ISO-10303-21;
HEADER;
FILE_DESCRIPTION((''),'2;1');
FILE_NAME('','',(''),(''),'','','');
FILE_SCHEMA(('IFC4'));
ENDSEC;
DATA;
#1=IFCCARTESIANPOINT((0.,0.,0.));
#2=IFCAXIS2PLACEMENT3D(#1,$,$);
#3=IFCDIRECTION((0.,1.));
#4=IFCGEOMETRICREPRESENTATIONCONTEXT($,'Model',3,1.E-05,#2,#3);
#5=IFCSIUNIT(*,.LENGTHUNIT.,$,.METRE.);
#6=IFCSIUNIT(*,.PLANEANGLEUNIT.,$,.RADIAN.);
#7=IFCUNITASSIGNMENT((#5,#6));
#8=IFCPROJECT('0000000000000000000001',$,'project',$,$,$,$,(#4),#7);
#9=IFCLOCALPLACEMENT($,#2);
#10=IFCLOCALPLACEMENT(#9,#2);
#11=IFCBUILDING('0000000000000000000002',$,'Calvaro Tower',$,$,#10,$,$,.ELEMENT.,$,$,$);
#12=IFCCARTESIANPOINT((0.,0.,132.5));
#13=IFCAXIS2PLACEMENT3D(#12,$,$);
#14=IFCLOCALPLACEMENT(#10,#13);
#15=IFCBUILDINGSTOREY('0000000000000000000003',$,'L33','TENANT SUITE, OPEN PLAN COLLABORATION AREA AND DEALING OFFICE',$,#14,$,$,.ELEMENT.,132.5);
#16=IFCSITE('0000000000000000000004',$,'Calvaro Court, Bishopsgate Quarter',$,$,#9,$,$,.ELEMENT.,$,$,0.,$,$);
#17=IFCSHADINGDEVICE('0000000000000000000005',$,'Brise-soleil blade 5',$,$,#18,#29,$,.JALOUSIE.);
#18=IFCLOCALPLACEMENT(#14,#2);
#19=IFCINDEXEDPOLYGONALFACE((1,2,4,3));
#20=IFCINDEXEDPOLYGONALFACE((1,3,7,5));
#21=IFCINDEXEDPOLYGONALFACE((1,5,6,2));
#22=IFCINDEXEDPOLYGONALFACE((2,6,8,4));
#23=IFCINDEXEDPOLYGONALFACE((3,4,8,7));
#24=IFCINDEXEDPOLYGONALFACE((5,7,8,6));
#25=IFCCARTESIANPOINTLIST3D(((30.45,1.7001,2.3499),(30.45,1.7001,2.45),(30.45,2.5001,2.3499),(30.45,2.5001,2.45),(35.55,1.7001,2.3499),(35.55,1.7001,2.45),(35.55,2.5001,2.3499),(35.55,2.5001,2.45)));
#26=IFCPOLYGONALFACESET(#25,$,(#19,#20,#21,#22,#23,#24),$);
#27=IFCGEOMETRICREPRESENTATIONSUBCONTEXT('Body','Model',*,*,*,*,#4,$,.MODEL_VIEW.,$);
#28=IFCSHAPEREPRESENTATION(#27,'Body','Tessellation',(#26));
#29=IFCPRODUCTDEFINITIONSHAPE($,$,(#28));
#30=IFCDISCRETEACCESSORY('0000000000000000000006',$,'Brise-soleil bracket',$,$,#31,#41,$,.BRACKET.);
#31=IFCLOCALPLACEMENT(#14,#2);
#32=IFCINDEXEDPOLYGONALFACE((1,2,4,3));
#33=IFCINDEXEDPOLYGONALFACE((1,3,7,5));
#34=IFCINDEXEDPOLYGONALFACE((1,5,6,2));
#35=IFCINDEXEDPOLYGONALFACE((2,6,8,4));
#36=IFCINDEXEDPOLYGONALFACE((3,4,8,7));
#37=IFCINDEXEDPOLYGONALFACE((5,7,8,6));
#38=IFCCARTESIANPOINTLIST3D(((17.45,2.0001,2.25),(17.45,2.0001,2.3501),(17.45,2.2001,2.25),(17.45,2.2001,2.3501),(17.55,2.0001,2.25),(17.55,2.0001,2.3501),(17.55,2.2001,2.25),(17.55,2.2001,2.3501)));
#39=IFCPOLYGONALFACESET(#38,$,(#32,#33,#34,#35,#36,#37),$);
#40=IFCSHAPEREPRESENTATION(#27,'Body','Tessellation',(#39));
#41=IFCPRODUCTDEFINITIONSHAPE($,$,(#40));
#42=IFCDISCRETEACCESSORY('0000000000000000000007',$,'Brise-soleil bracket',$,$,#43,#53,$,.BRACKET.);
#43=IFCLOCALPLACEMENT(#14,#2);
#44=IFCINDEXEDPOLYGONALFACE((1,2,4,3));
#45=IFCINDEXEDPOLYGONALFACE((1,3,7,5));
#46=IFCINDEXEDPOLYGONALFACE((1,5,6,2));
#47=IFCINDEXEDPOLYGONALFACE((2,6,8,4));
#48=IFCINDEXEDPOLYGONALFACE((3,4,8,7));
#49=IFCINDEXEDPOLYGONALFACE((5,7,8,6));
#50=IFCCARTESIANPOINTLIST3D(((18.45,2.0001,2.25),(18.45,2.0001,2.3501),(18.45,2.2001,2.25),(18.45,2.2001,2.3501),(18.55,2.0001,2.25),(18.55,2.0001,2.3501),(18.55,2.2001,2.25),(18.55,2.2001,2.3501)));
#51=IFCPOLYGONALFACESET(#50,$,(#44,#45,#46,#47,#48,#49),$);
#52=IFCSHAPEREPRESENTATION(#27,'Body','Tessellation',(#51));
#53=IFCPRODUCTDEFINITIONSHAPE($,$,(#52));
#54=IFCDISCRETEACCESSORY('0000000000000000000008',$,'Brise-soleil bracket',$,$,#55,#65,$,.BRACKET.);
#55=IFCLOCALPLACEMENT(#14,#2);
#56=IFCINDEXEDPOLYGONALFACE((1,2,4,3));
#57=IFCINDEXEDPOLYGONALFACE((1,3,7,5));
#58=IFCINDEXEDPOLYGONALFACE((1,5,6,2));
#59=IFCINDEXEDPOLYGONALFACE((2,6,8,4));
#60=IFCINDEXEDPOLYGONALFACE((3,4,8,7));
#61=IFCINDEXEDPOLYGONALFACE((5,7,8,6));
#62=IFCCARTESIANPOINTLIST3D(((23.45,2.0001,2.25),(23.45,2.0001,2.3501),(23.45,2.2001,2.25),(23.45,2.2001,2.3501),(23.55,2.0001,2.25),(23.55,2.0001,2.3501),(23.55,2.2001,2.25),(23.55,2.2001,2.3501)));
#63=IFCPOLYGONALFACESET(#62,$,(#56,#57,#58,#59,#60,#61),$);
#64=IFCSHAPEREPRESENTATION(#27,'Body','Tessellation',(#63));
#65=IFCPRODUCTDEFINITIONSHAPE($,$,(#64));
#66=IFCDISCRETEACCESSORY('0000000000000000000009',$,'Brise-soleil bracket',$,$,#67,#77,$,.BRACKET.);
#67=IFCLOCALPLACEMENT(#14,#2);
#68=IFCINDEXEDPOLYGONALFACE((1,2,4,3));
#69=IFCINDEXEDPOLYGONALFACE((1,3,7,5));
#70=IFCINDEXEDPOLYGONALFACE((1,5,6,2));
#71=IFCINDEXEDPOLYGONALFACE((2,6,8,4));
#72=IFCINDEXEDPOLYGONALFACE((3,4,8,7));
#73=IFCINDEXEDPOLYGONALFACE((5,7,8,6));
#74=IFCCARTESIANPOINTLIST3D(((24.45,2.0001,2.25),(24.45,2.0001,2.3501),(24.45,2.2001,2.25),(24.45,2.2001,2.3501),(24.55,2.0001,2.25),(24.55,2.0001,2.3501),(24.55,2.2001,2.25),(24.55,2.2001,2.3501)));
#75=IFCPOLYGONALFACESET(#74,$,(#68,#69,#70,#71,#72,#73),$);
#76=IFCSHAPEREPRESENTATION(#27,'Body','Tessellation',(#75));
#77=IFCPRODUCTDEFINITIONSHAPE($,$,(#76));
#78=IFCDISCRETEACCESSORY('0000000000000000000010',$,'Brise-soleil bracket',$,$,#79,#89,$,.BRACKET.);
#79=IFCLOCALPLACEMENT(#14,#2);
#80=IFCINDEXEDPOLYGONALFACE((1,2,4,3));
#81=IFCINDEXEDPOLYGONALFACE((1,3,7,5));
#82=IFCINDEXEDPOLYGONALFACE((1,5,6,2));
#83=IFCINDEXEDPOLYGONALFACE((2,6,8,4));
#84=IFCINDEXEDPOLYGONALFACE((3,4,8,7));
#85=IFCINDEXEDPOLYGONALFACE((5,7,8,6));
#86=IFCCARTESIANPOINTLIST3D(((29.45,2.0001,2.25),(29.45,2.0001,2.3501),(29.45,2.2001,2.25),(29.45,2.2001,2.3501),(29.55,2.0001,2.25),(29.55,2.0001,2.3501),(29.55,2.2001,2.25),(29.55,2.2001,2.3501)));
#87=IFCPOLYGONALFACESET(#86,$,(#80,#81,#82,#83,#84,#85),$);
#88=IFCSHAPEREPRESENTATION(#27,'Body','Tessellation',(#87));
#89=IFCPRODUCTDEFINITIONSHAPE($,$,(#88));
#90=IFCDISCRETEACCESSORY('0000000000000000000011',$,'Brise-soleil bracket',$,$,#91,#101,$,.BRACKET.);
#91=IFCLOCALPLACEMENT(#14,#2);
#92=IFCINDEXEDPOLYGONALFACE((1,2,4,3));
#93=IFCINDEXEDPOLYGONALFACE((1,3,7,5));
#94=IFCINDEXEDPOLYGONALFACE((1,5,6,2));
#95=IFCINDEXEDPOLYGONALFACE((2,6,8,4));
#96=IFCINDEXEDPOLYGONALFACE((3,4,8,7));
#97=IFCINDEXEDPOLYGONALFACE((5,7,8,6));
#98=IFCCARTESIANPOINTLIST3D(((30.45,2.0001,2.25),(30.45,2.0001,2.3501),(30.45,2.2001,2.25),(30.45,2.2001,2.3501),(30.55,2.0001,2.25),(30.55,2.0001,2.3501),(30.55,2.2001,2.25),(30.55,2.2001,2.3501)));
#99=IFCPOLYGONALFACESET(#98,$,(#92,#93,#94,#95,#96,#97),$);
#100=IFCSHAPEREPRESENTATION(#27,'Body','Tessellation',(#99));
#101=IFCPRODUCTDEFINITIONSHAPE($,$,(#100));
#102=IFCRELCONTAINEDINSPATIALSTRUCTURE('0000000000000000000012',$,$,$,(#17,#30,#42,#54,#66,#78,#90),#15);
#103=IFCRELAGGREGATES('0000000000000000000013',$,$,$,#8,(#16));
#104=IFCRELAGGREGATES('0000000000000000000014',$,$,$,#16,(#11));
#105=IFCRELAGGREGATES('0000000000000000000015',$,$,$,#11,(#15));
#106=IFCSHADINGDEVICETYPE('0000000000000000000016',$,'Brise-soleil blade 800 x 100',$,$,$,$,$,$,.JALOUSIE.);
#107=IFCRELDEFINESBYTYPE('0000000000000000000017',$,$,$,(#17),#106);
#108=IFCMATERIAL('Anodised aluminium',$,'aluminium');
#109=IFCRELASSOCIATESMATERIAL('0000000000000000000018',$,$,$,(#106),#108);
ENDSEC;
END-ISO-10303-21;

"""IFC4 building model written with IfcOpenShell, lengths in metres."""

from ifc_helpers import new_model, si_unit, direction, frame, origin, origin_2d, place, context, subcontext, project, spatial, rectangle, extrude, material, material_profile, profile_set, type_object, element, save


model = new_model("IFC4")

# Units and contexts
model_context = context("Model", 3, precision=1e-05, world=origin(), true_north=direction((0.0, 1.0)))
body_context = subcontext(model_context, "Body", "Model", "MODEL_VIEW")
ifc_project = project(units=[si_unit("LENGTHUNIT", "METRE"), si_unit("PLANEANGLEUNIT", "RADIAN")], contexts=[model_context])

# Site, building, storey
site_placement = place(None, origin())
site = spatial("IfcSite", under=ifc_project, at=site_placement, Name="Calvaro Court, Bishopsgate Quarter", CompositionType="ELEMENT", RefElevation=0.0)
building_placement = place(site_placement, origin())
building = spatial("IfcBuilding", under=site, at=building_placement, Name="Calvaro Tower", CompositionType="ELEMENT")
storey_placement = place(building_placement, frame((0.0, 0.0, 132.5)))
storey = spatial("IfcBuildingStorey", under=building, at=storey_placement, Name="L33", Description="TENANT SUITE, OPEN PLAN COLLABORATION AREA AND DEALING OFFICE", CompositionType="ELEMENT", Elevation=132.5)

# Shading device
ifc_material_1 = material(Name="Anodised aluminium", Category="aluminium")
ifc_material_profile_1 = material_profile(ifc_material_1, rectangle(XDim=0.8, YDim=0.1001, at=origin_2d()), Name="Brise-soleil blade 800 x 100")
ifc_profile_set_1 = profile_set([ifc_material_profile_1], Name="Anodised aluminium")
shading_device_type = type_object("IfcShadingDeviceType", Name="Brise-soleil blade 800 x 100", PredefinedType="JALOUSIE", material=ifc_profile_set_1)
for number, where, z_axis, x_axis, name in (
    (1, (30.45, 2.1001, 2.3999), (1.0, 0.0, 0.0), (0.0, 1.0, 0.0), "Brise-soleil blade 5"),
):
    element("IfcShadingDevice", number, at=place(storey_placement, frame(where, z_axis=z_axis, x_axis=x_axis)), inside=storey, type_object=shading_device_type, Name=name, PredefinedType="JALOUSIE", context=body_context, shape_type="SweptSolid", body=[
        extrude(rectangle(XDim=0.8, YDim=0.1001, at=origin_2d()), origin(), (0.0, 0.0, 1.0), 5.1001),
    ])

# Discrete accessories
for number, where, z_axis, x_axis, name in (
    (2, (17.5, 2.1001, 2.25), (0.0, 0.0, 1.0), (1.0, 0.0, 0.0), "Brise-soleil bracket"),
    (3, (18.5, 2.1001, 2.25), (0.0, 0.0, 1.0), (1.0, 0.0, 0.0), "Brise-soleil bracket"),
    (4, (23.5, 2.1001, 2.25), (0.0, 0.0, 1.0), (1.0, 0.0, 0.0), "Brise-soleil bracket"),
    (5, (24.5, 2.1001, 2.25), (0.0, 0.0, 1.0), (1.0, 0.0, 0.0), "Brise-soleil bracket"),
    (6, (29.5, 2.1001, 2.25), (0.0, 0.0, 1.0), (1.0, 0.0, 0.0), "Brise-soleil bracket"),
    (7, (30.5, 2.1001, 2.25), (0.0, 0.0, 1.0), (1.0, 0.0, 0.0), "Brise-soleil bracket"),
):
    element("IfcDiscreteAccessory", number, at=place(storey_placement, frame(where, z_axis=z_axis, x_axis=x_axis)), inside=storey, Name=name, PredefinedType="BRACKET", context=body_context, shape_type="SweptSolid", body=[
        extrude(rectangle(XDim=0.1001, YDim=0.2, at=origin_2d()), origin(), (0.0, 0.0, 1.0), 0.1001),
    ])

save(model, "model.ifc")
